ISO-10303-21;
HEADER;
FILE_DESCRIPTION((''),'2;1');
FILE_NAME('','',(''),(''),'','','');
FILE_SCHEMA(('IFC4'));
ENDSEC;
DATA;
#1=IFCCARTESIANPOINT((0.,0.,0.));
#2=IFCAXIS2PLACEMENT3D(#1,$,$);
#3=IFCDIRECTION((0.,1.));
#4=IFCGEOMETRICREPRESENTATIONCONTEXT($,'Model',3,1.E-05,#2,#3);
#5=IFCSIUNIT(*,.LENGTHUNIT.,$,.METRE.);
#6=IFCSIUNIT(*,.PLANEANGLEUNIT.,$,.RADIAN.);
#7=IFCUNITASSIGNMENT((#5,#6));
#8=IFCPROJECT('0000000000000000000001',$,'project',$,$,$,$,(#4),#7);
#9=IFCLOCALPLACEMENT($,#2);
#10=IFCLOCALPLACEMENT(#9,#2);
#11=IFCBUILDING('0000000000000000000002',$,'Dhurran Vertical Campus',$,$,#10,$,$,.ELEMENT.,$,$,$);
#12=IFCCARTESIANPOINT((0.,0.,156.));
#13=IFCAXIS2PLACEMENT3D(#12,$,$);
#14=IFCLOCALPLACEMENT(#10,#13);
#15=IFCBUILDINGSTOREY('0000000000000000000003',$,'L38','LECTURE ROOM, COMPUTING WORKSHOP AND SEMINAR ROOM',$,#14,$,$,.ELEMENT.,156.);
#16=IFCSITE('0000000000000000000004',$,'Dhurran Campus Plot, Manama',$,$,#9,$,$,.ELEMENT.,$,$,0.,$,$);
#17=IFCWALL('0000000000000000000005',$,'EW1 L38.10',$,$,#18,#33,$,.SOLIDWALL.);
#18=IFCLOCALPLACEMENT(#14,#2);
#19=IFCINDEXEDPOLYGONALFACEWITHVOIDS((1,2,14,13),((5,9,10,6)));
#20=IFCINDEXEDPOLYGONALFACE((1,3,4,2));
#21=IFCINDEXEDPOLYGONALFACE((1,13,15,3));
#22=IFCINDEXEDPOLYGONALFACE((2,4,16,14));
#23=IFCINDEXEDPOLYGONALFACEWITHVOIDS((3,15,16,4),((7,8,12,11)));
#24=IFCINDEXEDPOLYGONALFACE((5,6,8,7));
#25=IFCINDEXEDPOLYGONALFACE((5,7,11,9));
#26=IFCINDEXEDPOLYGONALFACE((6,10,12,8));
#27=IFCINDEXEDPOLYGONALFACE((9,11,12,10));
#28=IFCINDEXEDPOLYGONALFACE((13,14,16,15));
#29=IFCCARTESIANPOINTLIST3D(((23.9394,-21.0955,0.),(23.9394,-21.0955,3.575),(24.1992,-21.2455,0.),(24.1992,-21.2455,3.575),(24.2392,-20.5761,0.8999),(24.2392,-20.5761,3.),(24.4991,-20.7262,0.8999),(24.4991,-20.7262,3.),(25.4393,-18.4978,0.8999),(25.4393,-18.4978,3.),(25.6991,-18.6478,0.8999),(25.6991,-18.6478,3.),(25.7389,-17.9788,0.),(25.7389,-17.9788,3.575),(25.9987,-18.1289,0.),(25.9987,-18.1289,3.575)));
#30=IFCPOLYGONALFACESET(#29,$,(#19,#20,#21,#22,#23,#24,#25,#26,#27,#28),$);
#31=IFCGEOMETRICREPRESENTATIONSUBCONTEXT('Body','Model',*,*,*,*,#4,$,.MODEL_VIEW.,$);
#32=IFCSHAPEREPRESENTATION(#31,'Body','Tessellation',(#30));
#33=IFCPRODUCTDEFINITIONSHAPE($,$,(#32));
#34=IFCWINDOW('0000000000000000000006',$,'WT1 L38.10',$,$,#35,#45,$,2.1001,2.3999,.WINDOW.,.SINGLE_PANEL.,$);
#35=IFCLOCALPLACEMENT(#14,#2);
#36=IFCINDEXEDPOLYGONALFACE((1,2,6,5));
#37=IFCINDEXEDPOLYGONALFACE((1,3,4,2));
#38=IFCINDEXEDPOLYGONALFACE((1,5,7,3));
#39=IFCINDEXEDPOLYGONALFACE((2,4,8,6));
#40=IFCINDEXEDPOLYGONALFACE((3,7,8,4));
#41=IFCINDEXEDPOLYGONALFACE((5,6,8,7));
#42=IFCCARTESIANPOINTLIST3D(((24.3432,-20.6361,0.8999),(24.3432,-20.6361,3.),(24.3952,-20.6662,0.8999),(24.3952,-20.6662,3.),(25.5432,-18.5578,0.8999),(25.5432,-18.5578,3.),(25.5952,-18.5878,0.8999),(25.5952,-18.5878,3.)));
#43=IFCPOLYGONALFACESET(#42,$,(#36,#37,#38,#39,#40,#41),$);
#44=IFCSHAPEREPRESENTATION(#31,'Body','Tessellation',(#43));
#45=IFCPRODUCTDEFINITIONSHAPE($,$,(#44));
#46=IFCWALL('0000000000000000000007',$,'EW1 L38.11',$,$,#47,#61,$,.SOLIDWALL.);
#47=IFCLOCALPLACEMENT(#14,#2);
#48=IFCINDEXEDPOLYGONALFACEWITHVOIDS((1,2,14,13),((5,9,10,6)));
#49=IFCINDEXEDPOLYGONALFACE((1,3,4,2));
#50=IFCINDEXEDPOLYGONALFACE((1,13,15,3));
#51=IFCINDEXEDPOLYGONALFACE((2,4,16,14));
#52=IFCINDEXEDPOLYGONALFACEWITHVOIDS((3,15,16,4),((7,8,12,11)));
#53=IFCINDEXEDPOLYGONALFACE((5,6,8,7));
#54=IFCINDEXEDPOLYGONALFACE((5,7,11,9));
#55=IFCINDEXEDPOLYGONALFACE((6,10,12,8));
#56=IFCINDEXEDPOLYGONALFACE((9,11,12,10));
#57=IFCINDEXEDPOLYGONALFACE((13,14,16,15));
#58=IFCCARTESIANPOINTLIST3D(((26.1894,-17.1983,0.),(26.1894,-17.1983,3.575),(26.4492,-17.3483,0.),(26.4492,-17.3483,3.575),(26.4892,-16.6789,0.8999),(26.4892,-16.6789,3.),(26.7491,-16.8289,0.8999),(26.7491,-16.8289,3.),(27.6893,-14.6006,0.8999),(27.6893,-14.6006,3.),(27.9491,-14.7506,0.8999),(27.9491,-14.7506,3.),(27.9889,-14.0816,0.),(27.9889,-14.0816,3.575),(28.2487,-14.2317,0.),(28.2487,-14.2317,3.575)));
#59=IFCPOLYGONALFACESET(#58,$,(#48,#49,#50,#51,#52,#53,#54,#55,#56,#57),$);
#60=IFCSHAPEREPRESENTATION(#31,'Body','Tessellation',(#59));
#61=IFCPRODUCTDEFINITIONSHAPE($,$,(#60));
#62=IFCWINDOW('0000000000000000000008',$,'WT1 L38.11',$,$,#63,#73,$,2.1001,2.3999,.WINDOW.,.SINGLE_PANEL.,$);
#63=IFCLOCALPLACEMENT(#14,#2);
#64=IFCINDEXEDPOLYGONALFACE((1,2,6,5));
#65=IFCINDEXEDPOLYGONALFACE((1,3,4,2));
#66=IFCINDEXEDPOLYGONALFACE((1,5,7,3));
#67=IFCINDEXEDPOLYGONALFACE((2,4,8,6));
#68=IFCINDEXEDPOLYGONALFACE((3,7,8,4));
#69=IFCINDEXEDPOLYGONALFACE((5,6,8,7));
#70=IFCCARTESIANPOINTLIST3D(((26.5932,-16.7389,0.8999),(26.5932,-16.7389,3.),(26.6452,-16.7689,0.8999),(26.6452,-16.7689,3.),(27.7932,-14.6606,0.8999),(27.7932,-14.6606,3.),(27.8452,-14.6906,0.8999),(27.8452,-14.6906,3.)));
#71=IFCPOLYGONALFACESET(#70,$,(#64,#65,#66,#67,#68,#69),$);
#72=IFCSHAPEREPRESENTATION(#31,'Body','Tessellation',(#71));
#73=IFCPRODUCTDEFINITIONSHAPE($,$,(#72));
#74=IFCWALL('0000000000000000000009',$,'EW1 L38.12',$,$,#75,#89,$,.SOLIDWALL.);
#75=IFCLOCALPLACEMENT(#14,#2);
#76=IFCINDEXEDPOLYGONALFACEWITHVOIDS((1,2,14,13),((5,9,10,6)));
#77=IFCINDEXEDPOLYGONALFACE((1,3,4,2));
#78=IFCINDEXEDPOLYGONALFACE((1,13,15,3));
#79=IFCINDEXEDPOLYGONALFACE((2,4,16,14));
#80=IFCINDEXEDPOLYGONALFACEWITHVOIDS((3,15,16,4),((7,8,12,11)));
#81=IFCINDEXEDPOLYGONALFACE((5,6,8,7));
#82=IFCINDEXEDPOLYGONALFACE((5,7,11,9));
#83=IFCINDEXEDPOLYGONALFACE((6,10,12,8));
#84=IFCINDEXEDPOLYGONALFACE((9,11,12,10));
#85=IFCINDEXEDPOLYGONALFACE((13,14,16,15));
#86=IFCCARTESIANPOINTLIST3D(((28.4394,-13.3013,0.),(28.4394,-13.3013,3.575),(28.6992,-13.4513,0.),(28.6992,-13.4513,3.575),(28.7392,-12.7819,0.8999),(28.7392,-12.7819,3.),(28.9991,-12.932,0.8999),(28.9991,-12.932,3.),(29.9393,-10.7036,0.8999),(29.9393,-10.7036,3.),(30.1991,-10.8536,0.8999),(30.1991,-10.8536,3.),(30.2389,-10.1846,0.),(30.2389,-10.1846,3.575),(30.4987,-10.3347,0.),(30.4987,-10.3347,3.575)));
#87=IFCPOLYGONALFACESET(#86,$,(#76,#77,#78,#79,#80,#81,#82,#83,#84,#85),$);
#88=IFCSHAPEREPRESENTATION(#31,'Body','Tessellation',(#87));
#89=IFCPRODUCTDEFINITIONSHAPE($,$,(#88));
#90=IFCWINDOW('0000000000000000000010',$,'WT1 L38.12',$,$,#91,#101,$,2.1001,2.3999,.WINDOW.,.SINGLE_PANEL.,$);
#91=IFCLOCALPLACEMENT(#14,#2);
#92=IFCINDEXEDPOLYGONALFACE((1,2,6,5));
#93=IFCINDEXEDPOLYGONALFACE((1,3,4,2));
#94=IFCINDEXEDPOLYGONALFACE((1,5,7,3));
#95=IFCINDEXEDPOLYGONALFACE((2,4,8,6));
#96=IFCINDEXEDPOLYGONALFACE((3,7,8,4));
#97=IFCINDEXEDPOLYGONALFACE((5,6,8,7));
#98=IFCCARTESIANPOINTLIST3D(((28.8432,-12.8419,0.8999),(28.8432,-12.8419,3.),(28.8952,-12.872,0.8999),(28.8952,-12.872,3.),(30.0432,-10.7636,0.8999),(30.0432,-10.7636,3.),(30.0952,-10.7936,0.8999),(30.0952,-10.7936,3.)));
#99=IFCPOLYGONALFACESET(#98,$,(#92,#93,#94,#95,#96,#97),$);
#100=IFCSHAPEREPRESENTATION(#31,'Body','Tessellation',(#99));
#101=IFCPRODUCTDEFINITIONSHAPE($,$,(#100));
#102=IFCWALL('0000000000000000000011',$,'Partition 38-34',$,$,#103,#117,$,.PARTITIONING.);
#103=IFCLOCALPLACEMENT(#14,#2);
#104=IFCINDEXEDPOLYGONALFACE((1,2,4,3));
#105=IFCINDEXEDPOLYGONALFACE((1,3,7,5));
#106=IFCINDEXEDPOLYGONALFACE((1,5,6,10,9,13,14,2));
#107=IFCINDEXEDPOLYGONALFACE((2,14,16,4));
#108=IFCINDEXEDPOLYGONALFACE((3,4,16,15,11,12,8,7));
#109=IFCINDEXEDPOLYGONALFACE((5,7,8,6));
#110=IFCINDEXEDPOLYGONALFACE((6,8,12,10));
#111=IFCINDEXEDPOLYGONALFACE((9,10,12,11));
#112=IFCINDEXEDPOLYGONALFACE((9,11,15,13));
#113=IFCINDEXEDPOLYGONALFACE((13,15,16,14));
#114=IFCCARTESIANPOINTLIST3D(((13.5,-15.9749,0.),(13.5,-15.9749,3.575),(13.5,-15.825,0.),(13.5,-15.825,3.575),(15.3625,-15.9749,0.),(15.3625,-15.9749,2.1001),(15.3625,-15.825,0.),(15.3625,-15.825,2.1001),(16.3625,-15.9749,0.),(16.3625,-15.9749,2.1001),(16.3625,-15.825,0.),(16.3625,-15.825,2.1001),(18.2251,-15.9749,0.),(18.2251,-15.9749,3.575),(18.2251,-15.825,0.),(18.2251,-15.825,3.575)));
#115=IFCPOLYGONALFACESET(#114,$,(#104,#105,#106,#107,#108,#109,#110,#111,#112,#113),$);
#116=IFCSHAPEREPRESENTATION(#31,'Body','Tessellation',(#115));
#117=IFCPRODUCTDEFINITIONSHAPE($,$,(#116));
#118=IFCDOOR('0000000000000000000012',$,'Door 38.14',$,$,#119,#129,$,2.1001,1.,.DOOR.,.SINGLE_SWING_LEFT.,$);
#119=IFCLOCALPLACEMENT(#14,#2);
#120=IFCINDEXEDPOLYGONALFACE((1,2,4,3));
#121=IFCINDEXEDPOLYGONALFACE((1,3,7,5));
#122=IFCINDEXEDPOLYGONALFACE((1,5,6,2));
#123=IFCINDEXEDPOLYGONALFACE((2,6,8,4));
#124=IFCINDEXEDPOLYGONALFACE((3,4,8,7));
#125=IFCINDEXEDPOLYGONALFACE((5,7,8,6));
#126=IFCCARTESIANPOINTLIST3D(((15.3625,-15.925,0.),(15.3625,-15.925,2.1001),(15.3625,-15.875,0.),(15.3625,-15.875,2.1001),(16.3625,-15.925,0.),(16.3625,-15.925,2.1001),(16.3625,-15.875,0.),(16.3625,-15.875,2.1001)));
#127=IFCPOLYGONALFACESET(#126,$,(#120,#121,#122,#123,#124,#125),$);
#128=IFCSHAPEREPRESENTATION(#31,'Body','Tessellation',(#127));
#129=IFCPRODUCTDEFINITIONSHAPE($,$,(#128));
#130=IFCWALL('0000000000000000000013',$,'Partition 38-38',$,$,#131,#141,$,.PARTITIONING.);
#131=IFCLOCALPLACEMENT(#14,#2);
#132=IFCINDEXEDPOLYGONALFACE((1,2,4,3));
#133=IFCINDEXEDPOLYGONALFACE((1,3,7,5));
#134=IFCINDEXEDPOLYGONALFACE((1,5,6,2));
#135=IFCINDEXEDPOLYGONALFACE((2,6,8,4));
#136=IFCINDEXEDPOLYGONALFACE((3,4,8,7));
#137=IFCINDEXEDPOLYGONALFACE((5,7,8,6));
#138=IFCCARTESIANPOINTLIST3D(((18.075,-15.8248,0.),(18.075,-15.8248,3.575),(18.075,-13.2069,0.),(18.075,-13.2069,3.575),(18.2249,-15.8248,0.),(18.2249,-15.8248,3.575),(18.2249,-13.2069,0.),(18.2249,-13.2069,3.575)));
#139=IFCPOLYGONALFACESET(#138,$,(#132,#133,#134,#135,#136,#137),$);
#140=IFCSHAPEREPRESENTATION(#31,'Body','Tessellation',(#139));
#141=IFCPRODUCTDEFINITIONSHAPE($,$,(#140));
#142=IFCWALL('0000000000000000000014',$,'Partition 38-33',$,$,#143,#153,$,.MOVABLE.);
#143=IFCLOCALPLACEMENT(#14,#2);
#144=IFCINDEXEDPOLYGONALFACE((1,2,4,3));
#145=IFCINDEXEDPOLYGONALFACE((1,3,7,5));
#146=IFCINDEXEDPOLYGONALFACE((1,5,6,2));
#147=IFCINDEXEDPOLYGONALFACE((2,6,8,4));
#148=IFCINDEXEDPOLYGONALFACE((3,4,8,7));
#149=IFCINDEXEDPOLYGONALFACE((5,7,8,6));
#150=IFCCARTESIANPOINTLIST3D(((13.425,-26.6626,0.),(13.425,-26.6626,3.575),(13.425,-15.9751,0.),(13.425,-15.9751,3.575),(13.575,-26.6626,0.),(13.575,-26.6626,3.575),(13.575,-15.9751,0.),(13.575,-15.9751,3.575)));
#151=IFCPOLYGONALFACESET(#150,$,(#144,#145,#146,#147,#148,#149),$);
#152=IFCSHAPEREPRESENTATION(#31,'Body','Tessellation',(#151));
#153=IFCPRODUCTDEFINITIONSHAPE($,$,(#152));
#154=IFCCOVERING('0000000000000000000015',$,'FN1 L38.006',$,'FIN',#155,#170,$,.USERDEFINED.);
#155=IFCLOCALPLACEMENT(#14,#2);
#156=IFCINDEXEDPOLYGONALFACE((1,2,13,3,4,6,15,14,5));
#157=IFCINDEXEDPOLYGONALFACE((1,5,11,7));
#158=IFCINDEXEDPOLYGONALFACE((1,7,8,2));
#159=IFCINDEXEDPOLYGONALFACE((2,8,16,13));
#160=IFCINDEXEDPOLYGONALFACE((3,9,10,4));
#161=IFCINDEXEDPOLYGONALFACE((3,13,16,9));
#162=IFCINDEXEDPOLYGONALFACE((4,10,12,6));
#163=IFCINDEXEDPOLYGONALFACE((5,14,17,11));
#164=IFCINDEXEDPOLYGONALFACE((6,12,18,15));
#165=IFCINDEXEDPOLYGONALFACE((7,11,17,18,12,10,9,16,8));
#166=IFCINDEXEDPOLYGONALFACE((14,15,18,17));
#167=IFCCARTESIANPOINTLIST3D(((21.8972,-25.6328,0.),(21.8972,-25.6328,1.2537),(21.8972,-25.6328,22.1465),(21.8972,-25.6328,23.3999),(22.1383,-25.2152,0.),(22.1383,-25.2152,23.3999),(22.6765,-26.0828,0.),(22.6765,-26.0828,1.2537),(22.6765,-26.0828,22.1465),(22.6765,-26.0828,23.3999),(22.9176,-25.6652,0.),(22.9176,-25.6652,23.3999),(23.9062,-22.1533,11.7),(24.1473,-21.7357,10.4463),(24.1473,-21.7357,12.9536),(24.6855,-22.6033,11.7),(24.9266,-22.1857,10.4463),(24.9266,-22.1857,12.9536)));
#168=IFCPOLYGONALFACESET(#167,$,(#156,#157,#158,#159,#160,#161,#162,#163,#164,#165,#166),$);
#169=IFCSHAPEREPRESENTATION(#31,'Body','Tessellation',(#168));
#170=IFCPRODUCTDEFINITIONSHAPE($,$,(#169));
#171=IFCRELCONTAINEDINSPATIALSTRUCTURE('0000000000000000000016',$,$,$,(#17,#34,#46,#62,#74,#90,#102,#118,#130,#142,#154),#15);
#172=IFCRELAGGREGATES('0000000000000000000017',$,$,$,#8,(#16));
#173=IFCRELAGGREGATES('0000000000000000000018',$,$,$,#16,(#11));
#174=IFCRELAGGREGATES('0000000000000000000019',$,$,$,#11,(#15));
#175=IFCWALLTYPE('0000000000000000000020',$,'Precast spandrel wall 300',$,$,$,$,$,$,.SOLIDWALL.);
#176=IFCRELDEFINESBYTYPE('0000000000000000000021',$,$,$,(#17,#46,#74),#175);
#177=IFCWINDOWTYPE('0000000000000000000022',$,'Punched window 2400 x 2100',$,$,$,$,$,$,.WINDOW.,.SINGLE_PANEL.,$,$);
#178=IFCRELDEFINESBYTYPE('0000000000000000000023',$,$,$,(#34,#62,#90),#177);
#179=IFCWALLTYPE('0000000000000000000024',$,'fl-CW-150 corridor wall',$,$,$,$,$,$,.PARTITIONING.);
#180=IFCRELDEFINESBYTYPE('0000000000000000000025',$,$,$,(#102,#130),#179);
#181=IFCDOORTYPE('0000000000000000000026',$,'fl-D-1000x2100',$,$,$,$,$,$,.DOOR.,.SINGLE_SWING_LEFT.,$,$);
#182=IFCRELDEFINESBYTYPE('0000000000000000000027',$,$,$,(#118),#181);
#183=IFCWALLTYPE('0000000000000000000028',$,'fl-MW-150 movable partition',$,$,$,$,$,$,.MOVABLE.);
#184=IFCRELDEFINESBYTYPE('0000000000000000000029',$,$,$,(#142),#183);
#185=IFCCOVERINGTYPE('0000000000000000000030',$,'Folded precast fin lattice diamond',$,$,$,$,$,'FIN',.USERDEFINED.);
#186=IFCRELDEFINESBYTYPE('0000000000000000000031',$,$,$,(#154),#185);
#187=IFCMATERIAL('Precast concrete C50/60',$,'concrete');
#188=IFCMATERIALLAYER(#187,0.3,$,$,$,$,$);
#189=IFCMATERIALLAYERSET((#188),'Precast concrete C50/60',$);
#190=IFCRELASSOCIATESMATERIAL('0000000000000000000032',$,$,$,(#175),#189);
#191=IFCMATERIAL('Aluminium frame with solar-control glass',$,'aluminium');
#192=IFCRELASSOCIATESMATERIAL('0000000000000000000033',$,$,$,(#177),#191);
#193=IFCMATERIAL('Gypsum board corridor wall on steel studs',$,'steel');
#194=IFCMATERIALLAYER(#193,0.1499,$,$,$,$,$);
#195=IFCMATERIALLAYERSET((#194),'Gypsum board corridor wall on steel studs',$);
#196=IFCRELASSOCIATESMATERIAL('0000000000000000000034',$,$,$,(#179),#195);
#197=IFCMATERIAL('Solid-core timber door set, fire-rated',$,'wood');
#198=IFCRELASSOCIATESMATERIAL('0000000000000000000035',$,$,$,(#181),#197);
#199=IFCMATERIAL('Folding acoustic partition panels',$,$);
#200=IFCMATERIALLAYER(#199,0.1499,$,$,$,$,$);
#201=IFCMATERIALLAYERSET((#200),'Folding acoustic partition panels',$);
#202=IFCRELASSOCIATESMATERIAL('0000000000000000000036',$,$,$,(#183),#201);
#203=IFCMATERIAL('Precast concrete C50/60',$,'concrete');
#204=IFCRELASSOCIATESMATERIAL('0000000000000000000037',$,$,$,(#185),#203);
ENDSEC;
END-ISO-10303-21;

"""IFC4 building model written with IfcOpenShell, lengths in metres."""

from ifc_helpers import new_model, si_unit, direction, frame, frame_2d, origin, place, context, subcontext, project, spatial, polyline, rectangle, outline, extrude, material, layer, layer_set, type_object, element, fill, save


model = new_model("IFC4")

# Units and contexts
model_context = context("Model", 3, precision=1e-05, world=origin(), true_north=direction((0.0, 1.0)))
body_context = subcontext(model_context, "Body", "Model", "MODEL_VIEW")
ifc_project = project(units=[si_unit("LENGTHUNIT", "METRE"), si_unit("PLANEANGLEUNIT", "RADIAN")], contexts=[model_context])

# Site, building, storey
site_placement = place(None, origin())
site = spatial("IfcSite", under=ifc_project, at=site_placement, Name="Dhurran Campus Plot, Manama", CompositionType="ELEMENT", RefElevation=0.0)
building_placement = place(site_placement, origin())
building = spatial("IfcBuilding", under=site, at=building_placement, Name="Dhurran Vertical Campus", CompositionType="ELEMENT")
storey_placement = place(building_placement, frame((0.0, 0.0, 156.0)))
storey = spatial("IfcBuildingStorey", under=building, at=storey_placement, Name="L38", Description="LECTURE ROOM, COMPUTING WORKSHOP AND SEMINAR ROOM", CompositionType="ELEMENT", Elevation=156.0)

# Walls, openings, windows
ifc_material_1 = material(Name="Precast concrete C50/60", Category="concrete")
ifc_layer_1 = layer(ifc_material_1, 0.3)
ifc_layer_set_1 = layer_set([ifc_layer_1], Name="Precast concrete C50/60")
wall_type_1 = type_object("IfcWallType", Name="Precast spandrel wall 300", PredefinedType="SOLIDWALL", material=ifc_layer_set_1)
ifc_material_2 = material(Name="Aluminium frame with solar-control glass", Category="aluminium")
window_type = type_object("IfcWindowType", Name="Punched window 2400 x 2100", PartitioningType="SINGLE_PANEL", PredefinedType="WINDOW", material=ifc_material_2)
wall_1_placement = place(storey_placement, frame((24.0693, -21.1704, 0.0), z_axis=(0.0, 0.0, 1.0), x_axis=(0.500028, 0.866009, 0.0)))
wall_1 = element("IfcWall", 1, at=wall_1_placement, inside=storey, type_object=wall_type_1, Name="EW1 L38.10", PredefinedType="SOLIDWALL", context=body_context, shape_type="SweptSolid", body=[
    extrude(rectangle(XDim=3.5989, YDim=0.3, at=frame_2d((1.7993, 0.0))), origin(), (0.0, 0.0, 1.0), 3.575),
])
opening_1_placement = place(wall_1_placement, frame((0.5996, 0.0, 0.8999)))
opening_1 = element("IfcOpeningElement", 2, at=opening_1_placement, cuts=wall_1, PredefinedType="OPENING", context=body_context, shape_type="SweptSolid", body=[
    extrude(rectangle(XDim=2.3999, YDim=2.1001, at=frame_2d((1.2, 1.05))), frame((0.0, 0.1599, 0.0), z_axis=(0.0, -1.0, 0.0), x_axis=(1.0, 0.0, 0.0)), (0.0, 0.0, 1.0), 0.3201),
])
window_1_placement = place(opening_1_placement, origin())
window_1 = element("IfcWindow", 3, at=window_1_placement, inside=storey, type_object=window_type, Name="WT1 L38.10", OverallHeight=2.1001, OverallWidth=2.3999, PartitioningType="SINGLE_PANEL", PredefinedType="WINDOW", context=body_context, shape_type="SweptSolid", body=[
    extrude(rectangle(XDim=2.3999, YDim=2.1001, at=frame_2d((1.2, 1.05))), frame((0.0, 0.03, 0.0), z_axis=(0.0, -1.0, 0.0), x_axis=(1.0, 0.0, 0.0)), (0.0, 0.0, 1.0), 0.0601),
])
fill(opening_1, window_1)
wall_2_placement = place(storey_placement, frame((26.3193, -17.2732, 0.0), z_axis=(0.0, 0.0, 1.0), x_axis=(0.500028, 0.866009, 0.0)))
wall_2 = element("IfcWall", 4, at=wall_2_placement, inside=storey, type_object=wall_type_1, Name="EW1 L38.11", PredefinedType="SOLIDWALL", context=body_context, shape_type="SweptSolid", body=[
    extrude(rectangle(XDim=3.5989, YDim=0.3, at=frame_2d((1.7993, 0.0))), origin(), (0.0, 0.0, 1.0), 3.575),
])
opening_2_placement = place(wall_2_placement, frame((0.5996, 0.0, 0.8999)))
opening_2 = element("IfcOpeningElement", 5, at=opening_2_placement, cuts=wall_2, PredefinedType="OPENING", context=body_context, shape_type="SweptSolid", body=[
    extrude(rectangle(XDim=2.3999, YDim=2.1001, at=frame_2d((1.2, 1.05))), frame((0.0, 0.1599, 0.0), z_axis=(0.0, -1.0, 0.0), x_axis=(1.0, 0.0, 0.0)), (0.0, 0.0, 1.0), 0.3201),
])
window_2_placement = place(opening_2_placement, origin())
window_2 = element("IfcWindow", 6, at=window_2_placement, inside=storey, type_object=window_type, Name="WT1 L38.11", OverallHeight=2.1001, OverallWidth=2.3999, PartitioningType="SINGLE_PANEL", PredefinedType="WINDOW", context=body_context, shape_type="SweptSolid", body=[
    extrude(rectangle(XDim=2.3999, YDim=2.1001, at=frame_2d((1.2, 1.05))), frame((0.0, 0.03, 0.0), z_axis=(0.0, -1.0, 0.0), x_axis=(1.0, 0.0, 0.0)), (0.0, 0.0, 1.0), 0.0601),
])
fill(opening_2, window_2)
wall_3_placement = place(storey_placement, frame((28.5693, -13.3762, 0.0), z_axis=(0.0, 0.0, 1.0), x_axis=(0.500028, 0.866009, 0.0)))
wall_3 = element("IfcWall", 7, at=wall_3_placement, inside=storey, type_object=wall_type_1, Name="EW1 L38.12", PredefinedType="SOLIDWALL", context=body_context, shape_type="SweptSolid", body=[
    extrude(rectangle(XDim=3.5989, YDim=0.3, at=frame_2d((1.7993, 0.0))), origin(), (0.0, 0.0, 1.0), 3.575),
])
opening_3_placement = place(wall_3_placement, frame((0.5996, 0.0, 0.8999)))
opening_3 = element("IfcOpeningElement", 8, at=opening_3_placement, cuts=wall_3, PredefinedType="OPENING", context=body_context, shape_type="SweptSolid", body=[
    extrude(rectangle(XDim=2.3999, YDim=2.1001, at=frame_2d((1.2, 1.05))), frame((0.0, 0.1599, 0.0), z_axis=(0.0, -1.0, 0.0), x_axis=(1.0, 0.0, 0.0)), (0.0, 0.0, 1.0), 0.3201),
])
window_3_placement = place(opening_3_placement, origin())
window_3 = element("IfcWindow", 9, at=window_3_placement, inside=storey, type_object=window_type, Name="WT1 L38.12", OverallHeight=2.1001, OverallWidth=2.3999, PartitioningType="SINGLE_PANEL", PredefinedType="WINDOW", context=body_context, shape_type="SweptSolid", body=[
    extrude(rectangle(XDim=2.3999, YDim=2.1001, at=frame_2d((1.2, 1.05))), frame((0.0, 0.03, 0.0), z_axis=(0.0, -1.0, 0.0), x_axis=(1.0, 0.0, 0.0)), (0.0, 0.0, 1.0), 0.0601),
])
fill(opening_3, window_3)

# Wall, opening, door
ifc_material_3 = material(Name="Gypsum board corridor wall on steel studs", Category="steel")
ifc_layer_2 = layer(ifc_material_3, 0.1499)
ifc_layer_set_2 = layer_set([ifc_layer_2], Name="Gypsum board corridor wall on steel studs")
wall_type_2 = type_object("IfcWallType", Name="fl-CW-150 corridor wall", PredefinedType="PARTITIONING", material=ifc_layer_set_2)
wall_4_placement = place(storey_placement, frame((13.5, -15.8999, 0.0), z_axis=(0.0, 0.0, 1.0), x_axis=(1.0, 0.0, 0.0)))
wall_4 = element("IfcWall", 10, at=wall_4_placement, inside=storey, type_object=wall_type_2, Name="Partition 38-34", PredefinedType="PARTITIONING", context=body_context, shape_type="SweptSolid", body=[
    extrude(rectangle(XDim=4.7251, YDim=0.1499, at=frame_2d((2.3625, 0.0))), origin(), (0.0, 0.0, 1.0), 3.575),
])
opening_4_placement = place(wall_4_placement, frame((1.8625, 0.0, 0.0)))
opening_4 = element("IfcOpeningElement", 11, at=opening_4_placement, cuts=wall_4, PredefinedType="OPENING", context=body_context, shape_type="SweptSolid", body=[
    extrude(rectangle(XDim=1.0, YDim=2.1001, at=frame_2d((0.5, 1.05))), frame((0.0, 0.085, 0.0), z_axis=(0.0, -1.0, 0.0), x_axis=(1.0, 0.0, 0.0)), (0.0, 0.0, 1.0), 0.1699),
])
ifc_material_4 = material(Name="Solid-core timber door set, fire-rated", Category="wood")
door_type = type_object("IfcDoorType", Name="fl-D-1000x2100", OperationType="SINGLE_SWING_LEFT", PredefinedType="DOOR", material=ifc_material_4)
door_placement = place(opening_4_placement, origin())
door = element("IfcDoor", 12, at=door_placement, inside=storey, type_object=door_type, Name="Door 38.14", OperationType="SINGLE_SWING_LEFT", OverallHeight=2.1001, OverallWidth=1.0, PredefinedType="DOOR", context=body_context, shape_type="SweptSolid", body=[
    extrude(rectangle(XDim=1.0, YDim=2.1001, at=frame_2d((0.5, 1.05))), frame((0.0, 0.0249, 0.0), z_axis=(0.0, -1.0, 0.0), x_axis=(1.0, 0.0, 0.0)), (0.0, 0.0, 1.0), 0.05),
])
fill(opening_4, door)

# Walls
wall_5_placement = place(storey_placement, frame((18.1499, -15.825, 0.0), z_axis=(0.0, 0.0, 1.0), x_axis=(0.0, 1.0, 0.0)))
element("IfcWall", 13, at=wall_5_placement, inside=storey, type_object=wall_type_2, Name="Partition 38-38", PredefinedType="PARTITIONING", context=body_context, shape_type="SweptSolid", body=[
    extrude(rectangle(XDim=2.6179, YDim=0.1499, at=frame_2d((1.3091, 0.0))), origin(), (0.0, 0.0, 1.0), 3.575),
])
ifc_material_5 = material(Name="Folding acoustic partition panels")
ifc_layer_3 = layer(ifc_material_5, 0.1499)
ifc_layer_set_3 = layer_set([ifc_layer_3], Name="Folding acoustic partition panels")
wall_type_3 = type_object("IfcWallType", Name="fl-MW-150 movable partition", PredefinedType="MOVABLE", material=ifc_layer_set_3)
wall_6_placement = place(storey_placement, frame((13.5, -15.9751, 0.0), z_axis=(0.0, 0.0, 1.0), x_axis=(0.0, -1.0, 0.0)))
element("IfcWall", 14, at=wall_6_placement, inside=storey, type_object=wall_type_3, Name="Partition 38-33", PredefinedType="MOVABLE", context=body_context, shape_type="SweptSolid", body=[
    extrude(rectangle(XDim=10.6875, YDim=0.1499, at=frame_2d((5.3438, 0.0))), origin(), (0.0, 0.0, 1.0), 3.575),
])

# Covering
ifc_material_6 = material(Name="Precast concrete C50/60", Category="concrete")
covering_type = type_object("IfcCoveringType", Name="Folded precast fin lattice diamond", ElementType="FIN", PredefinedType="USERDEFINED", material=ifc_material_6)
covering_1_placement = place(storey_placement, frame((21.8972, -25.6328, 0.0), z_axis=(0.866014, -0.50002, 0.0), x_axis=(0.50002, 0.866014, 0.0)))
element("IfcCovering", 15, at=covering_1_placement, inside=storey, type_object=covering_type, Name="FN1 L38.006", ObjectType="FIN", PredefinedType="USERDEFINED", context=body_context, shape_type="SweptSolid", body=[
    extrude(outline(polyline([(4.5, 10.4463), (0.4822, 0.0), (0.0, 0.0), (0.0, 1.2537), (4.0178, 11.7), (0.0, 22.1465), (0.0, 23.3999), (0.4822, 23.3999), (4.5, 12.9536), (4.5, 10.4463)])), origin(), (0.0, 0.0, 1.0), 0.8999),
])

save(model, "model.ifc")
